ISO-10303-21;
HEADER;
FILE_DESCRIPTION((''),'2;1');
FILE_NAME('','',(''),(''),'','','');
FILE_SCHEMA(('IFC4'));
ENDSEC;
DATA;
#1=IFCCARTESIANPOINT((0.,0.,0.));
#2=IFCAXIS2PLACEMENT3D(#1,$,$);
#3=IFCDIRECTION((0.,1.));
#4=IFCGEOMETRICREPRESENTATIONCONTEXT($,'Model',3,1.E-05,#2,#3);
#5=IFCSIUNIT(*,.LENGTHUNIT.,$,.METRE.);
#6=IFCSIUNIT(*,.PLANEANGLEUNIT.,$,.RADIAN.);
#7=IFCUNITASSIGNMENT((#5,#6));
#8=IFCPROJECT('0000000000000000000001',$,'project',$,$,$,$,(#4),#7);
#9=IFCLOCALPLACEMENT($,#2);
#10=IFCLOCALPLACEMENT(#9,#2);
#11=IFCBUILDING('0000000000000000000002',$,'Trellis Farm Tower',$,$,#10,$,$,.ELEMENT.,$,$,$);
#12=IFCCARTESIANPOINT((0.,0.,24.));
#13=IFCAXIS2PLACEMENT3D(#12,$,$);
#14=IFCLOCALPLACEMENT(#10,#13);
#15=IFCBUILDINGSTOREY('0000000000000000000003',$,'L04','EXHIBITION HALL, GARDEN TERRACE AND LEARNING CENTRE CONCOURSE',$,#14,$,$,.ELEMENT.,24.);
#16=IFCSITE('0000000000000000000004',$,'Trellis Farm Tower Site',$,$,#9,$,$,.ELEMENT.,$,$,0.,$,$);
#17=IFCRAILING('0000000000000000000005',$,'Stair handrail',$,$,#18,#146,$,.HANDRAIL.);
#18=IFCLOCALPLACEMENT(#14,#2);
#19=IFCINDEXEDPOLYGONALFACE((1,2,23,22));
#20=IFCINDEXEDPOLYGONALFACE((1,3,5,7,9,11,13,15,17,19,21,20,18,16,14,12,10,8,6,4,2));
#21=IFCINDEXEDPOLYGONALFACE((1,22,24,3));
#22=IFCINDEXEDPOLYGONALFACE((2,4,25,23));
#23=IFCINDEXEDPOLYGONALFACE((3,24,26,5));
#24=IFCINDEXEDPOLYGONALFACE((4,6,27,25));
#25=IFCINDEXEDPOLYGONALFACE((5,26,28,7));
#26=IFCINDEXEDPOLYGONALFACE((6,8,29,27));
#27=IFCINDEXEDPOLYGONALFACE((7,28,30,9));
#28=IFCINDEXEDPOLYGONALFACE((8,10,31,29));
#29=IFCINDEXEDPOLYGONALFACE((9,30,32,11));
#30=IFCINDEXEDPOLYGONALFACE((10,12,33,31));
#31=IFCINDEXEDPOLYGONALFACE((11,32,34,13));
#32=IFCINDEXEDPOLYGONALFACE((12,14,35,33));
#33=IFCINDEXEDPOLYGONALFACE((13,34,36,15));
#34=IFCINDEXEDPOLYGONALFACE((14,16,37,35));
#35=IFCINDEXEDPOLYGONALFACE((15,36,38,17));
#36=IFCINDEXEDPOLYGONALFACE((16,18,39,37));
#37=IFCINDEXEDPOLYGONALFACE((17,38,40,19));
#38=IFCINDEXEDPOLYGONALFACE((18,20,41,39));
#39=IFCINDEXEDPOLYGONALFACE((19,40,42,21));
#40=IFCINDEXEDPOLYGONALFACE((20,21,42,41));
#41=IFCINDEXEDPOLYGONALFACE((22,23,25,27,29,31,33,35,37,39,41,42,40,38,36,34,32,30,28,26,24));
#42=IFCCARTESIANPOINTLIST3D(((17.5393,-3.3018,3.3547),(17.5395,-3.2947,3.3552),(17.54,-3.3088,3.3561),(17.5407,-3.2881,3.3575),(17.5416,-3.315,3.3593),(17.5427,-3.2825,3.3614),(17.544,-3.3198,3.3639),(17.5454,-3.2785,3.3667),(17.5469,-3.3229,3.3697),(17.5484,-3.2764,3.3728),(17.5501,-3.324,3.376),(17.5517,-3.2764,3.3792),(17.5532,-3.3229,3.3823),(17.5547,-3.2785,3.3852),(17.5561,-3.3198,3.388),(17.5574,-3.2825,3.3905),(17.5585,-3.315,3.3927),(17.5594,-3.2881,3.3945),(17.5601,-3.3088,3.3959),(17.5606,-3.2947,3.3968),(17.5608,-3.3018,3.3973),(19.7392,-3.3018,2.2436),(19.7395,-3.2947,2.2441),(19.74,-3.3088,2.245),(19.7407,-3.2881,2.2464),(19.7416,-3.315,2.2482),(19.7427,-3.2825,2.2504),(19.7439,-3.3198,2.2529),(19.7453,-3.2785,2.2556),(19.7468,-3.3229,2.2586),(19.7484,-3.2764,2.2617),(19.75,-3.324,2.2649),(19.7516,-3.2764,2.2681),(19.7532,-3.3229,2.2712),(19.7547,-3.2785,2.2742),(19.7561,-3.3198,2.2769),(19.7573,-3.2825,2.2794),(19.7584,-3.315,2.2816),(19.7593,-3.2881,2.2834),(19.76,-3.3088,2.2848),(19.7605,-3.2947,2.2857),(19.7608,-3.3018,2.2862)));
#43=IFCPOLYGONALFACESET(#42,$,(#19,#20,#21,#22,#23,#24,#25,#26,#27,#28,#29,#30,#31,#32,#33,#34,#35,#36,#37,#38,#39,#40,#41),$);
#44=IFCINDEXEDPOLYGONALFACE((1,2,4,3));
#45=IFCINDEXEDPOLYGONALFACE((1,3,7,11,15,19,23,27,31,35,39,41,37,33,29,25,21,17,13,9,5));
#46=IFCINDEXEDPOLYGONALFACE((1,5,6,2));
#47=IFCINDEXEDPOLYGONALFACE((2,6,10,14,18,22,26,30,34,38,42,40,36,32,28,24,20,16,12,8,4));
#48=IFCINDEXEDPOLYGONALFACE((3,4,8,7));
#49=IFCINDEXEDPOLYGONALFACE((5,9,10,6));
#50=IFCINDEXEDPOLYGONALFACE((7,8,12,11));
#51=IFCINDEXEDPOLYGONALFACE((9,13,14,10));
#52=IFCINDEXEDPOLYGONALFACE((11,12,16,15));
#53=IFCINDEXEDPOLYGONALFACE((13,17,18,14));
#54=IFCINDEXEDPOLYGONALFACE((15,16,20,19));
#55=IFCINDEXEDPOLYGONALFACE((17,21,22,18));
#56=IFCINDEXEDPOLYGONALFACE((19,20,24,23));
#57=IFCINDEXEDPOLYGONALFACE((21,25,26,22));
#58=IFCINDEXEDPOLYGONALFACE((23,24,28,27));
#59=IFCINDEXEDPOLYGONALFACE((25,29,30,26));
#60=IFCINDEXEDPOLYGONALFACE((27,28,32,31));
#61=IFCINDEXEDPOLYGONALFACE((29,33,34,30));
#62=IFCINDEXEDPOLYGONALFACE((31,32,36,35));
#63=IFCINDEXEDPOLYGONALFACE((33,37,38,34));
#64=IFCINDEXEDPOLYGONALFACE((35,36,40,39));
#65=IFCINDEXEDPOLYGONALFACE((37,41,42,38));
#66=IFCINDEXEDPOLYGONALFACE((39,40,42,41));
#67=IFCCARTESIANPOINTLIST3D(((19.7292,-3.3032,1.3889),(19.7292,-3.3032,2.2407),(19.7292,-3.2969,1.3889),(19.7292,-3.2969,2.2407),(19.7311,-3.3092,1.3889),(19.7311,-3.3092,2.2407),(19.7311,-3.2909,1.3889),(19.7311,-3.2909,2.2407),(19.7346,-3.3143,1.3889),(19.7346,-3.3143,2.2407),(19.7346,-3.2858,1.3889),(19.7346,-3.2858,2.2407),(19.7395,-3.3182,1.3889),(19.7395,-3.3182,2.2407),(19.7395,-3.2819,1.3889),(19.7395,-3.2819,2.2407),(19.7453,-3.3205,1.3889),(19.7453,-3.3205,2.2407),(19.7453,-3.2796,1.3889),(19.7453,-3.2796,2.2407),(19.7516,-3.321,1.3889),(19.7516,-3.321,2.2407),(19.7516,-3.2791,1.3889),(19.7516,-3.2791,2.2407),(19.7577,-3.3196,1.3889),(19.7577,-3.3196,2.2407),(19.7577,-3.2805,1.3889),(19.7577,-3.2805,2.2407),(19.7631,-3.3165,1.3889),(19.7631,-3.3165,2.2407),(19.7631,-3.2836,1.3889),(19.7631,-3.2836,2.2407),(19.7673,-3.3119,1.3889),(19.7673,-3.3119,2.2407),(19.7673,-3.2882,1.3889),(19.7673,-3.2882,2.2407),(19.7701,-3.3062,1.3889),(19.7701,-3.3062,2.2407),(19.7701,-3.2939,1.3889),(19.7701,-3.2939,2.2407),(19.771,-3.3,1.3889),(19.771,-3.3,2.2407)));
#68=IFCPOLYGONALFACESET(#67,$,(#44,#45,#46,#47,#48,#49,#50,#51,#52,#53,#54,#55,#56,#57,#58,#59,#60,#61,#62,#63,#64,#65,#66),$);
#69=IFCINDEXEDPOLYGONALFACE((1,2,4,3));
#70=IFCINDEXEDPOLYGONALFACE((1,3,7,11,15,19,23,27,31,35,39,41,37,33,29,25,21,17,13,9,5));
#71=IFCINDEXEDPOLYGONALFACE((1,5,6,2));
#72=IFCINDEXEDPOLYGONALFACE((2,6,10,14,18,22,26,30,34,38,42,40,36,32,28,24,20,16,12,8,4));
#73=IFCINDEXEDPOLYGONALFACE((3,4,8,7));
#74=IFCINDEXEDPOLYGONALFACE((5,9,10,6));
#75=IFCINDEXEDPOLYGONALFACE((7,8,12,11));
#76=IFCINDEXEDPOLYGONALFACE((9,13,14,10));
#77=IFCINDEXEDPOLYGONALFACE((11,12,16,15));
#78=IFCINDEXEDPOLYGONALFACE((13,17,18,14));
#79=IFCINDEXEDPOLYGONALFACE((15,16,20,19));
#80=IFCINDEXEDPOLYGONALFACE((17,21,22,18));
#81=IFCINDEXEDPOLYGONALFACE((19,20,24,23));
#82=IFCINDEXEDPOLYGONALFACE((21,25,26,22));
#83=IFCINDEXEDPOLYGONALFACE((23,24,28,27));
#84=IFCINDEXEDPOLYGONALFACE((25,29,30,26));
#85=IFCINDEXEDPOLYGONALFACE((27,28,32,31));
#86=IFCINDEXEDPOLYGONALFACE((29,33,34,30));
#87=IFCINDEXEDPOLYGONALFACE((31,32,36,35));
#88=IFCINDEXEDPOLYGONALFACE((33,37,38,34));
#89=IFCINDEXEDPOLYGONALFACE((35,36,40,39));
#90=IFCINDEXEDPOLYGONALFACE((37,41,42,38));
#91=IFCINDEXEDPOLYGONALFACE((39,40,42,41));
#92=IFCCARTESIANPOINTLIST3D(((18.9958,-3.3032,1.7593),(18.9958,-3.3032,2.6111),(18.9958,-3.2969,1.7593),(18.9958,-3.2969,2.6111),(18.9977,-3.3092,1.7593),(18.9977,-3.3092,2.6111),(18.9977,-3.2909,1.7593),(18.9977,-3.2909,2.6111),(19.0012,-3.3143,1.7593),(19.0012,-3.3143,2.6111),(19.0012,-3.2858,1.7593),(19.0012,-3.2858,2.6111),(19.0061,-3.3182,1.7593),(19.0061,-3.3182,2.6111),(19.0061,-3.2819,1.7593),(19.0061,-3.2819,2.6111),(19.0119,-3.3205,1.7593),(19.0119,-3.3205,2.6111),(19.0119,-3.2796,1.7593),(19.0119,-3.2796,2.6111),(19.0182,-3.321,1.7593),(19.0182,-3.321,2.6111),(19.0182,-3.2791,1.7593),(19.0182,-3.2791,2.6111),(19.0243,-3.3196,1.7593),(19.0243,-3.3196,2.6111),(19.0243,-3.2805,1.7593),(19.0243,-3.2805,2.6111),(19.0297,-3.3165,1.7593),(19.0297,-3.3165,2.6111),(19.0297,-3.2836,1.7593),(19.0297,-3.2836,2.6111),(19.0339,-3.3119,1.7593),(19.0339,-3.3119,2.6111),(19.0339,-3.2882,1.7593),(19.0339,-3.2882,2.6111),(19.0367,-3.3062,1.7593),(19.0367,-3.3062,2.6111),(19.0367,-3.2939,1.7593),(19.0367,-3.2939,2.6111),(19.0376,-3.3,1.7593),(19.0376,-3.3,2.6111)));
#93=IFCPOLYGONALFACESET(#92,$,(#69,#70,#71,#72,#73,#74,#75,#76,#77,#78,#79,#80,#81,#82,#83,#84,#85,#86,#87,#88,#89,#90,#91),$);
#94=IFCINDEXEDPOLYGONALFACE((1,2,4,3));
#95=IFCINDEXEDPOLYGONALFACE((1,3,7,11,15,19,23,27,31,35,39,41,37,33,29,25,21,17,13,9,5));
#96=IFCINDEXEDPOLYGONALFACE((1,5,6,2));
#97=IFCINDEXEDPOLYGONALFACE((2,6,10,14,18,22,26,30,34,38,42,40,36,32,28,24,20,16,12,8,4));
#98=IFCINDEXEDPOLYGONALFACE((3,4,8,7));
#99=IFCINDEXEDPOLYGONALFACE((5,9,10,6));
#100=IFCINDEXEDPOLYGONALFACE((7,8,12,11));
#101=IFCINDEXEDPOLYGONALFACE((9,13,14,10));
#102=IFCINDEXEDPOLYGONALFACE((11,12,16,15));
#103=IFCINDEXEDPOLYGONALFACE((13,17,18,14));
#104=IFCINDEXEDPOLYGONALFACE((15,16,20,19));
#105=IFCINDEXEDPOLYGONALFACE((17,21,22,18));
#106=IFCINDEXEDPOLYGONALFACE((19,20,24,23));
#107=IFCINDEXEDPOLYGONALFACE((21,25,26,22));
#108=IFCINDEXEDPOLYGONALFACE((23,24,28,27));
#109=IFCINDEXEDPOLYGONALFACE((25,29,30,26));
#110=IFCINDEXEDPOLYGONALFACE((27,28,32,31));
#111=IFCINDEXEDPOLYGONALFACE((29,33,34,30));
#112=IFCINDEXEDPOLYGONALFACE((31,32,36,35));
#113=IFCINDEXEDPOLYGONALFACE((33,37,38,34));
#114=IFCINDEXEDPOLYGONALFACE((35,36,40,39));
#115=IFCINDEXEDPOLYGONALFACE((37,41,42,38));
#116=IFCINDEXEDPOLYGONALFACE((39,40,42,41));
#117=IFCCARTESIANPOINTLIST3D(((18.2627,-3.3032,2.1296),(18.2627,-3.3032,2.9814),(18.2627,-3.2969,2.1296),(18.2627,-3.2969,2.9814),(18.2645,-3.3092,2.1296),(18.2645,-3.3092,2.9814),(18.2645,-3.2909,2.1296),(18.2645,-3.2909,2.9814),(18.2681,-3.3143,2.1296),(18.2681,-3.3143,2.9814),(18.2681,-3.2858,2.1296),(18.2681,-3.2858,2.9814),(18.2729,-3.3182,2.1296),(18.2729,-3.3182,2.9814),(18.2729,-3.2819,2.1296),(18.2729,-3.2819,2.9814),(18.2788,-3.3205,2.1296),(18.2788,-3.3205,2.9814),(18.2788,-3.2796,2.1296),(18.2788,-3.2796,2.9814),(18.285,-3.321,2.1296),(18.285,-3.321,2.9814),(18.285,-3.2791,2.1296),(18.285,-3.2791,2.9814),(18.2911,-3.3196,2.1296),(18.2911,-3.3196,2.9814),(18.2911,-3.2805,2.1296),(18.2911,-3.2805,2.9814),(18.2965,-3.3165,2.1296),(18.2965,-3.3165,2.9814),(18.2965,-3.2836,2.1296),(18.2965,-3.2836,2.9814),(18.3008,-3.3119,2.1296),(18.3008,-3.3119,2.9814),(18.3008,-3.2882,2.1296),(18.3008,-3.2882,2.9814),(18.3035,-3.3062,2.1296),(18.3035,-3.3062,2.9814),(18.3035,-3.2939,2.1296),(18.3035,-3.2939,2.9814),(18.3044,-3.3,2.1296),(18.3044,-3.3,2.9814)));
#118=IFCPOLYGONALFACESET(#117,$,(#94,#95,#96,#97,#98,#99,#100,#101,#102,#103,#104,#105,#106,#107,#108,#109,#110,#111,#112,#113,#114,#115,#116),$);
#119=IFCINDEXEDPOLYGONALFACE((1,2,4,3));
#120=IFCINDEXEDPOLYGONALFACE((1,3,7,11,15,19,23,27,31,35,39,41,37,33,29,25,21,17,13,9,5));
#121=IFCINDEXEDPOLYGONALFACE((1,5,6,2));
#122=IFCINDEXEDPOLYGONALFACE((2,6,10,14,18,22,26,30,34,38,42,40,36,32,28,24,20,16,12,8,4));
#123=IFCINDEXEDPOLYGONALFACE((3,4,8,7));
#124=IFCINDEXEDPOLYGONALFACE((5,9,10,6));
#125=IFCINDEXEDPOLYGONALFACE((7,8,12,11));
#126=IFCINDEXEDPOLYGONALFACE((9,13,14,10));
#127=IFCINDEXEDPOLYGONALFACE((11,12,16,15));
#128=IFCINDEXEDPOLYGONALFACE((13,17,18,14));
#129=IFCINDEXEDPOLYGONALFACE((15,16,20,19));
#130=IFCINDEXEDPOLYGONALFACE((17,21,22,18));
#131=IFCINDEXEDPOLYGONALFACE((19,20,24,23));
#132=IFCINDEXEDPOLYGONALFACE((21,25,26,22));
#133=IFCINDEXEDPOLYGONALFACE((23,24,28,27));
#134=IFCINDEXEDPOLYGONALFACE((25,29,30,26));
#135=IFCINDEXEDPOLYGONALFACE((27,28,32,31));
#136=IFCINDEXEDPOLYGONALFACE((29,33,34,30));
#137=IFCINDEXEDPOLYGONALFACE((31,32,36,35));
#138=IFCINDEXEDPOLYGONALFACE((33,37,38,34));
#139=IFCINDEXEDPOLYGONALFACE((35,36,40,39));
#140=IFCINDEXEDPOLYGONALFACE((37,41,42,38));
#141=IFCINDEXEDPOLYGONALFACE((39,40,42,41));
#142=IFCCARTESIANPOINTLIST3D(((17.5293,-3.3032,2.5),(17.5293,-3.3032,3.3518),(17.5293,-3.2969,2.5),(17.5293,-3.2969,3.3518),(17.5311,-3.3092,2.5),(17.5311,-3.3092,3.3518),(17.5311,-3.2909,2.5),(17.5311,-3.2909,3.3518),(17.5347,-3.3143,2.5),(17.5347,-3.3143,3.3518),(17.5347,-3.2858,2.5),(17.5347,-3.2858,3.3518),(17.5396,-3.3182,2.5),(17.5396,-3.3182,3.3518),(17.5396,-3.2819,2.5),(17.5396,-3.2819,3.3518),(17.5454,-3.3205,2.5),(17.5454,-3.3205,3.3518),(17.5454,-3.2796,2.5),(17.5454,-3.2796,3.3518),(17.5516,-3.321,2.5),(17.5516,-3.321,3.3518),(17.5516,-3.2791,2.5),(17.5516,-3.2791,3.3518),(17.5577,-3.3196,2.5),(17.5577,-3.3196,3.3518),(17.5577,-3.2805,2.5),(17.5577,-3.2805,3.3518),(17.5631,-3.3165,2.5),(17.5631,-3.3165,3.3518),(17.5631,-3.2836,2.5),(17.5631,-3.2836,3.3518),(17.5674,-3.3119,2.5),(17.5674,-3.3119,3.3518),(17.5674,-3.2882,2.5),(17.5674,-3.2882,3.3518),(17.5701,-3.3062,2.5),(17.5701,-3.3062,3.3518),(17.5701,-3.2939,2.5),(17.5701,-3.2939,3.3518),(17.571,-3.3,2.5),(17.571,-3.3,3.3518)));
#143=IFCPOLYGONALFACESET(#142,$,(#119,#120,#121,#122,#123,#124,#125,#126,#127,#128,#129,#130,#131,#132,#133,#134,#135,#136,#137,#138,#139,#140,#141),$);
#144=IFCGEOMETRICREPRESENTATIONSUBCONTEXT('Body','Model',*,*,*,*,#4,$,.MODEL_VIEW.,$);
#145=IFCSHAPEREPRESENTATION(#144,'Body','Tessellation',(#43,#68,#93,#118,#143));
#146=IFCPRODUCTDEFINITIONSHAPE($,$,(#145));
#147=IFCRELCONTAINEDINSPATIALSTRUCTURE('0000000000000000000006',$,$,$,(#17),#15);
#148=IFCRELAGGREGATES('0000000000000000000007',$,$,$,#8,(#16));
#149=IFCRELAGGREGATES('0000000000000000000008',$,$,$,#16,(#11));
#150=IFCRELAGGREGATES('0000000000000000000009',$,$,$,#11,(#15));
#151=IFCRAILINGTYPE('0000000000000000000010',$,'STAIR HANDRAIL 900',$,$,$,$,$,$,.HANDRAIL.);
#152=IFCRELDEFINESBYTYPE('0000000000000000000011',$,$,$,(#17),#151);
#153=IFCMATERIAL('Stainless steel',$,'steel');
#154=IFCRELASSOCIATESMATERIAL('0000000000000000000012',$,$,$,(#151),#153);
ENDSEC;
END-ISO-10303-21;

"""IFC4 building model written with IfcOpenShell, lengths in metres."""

from ifc_helpers import new_model, si_unit, direction, frame, origin, origin_2d, place, context, subcontext, project, spatial, circle, extrude, source, transform, mapped, material, type_object, element, save


model = new_model("IFC4")

# Units and contexts
model_context = context("Model", 3, precision=1e-05, world=origin(), true_north=direction((0.0, 1.0)))
body_context = subcontext(model_context, "Body", "Model", "MODEL_VIEW")
ifc_project = project(units=[si_unit("LENGTHUNIT", "METRE"), si_unit("PLANEANGLEUNIT", "RADIAN")], contexts=[model_context])

# Site, building, storey
site_placement = place(None, origin())
site = spatial("IfcSite", under=ifc_project, at=site_placement, Name="Trellis Farm Tower Site", CompositionType="ELEMENT", RefElevation=0.0)
building_placement = place(site_placement, origin())
building = spatial("IfcBuilding", under=site, at=building_placement, Name="Trellis Farm Tower", CompositionType="ELEMENT")
storey_placement = place(building_placement, frame((0.0, 0.0, 24.0)))
storey = spatial("IfcBuildingStorey", under=building, at=storey_placement, Name="L04", Description="EXHIBITION HALL, GARDEN TERRACE AND LEARNING CENTRE CONCOURSE", CompositionType="ELEMENT", Elevation=24.0)

# Railing
ifc_material_1 = material(Name="Stainless steel", Category="steel")
railing_type = type_object("IfcRailingType", Name="STAIR HANDRAIL 900", PredefinedType="HANDRAIL", material=ifc_material_1)
shared_shape_1 = source(origin(), body_context, "Body", "SweptSolid", [
    extrude(circle(Radius=0.0239, at=origin_2d()), frame((0.0, 0.0, 0.876), z_axis=(-0.892617, 0.0, 0.450816), x_axis=(0.0, -1.0, 0.0)), (0.0, 0.0, 1.0), 2.4646),
    extrude(circle(Radius=0.021, at=origin_2d()), origin(), (0.0, 0.0, 1.0), 0.8518),
    extrude(circle(Radius=0.021, at=origin_2d()), frame((-0.7334, 0.0, 0.3704)), (0.0, 0.0, 1.0), 0.8518),
    extrude(circle(Radius=0.021, at=origin_2d()), frame((-1.4666, 0.0, 0.7407)), (0.0, 0.0, 1.0), 0.8518),
    extrude(circle(Radius=0.021, at=origin_2d()), frame((-2.2, 0.0, 1.1111)), (0.0, 0.0, 1.0), 0.8518),
])
for number, where, name in (
    (1, (19.75, -3.3, 1.3889), "Stair handrail"),
):
    element("IfcRailing", number, at=place(storey_placement, frame(where)), inside=storey, type_object=railing_type, Name=name, PredefinedType="HANDRAIL", context=body_context, shape_type="MappedRepresentation", body=[
        mapped(shared_shape_1, transform((0.0, 0.0, 0.0))),
    ])

save(model, "model.ifc")
